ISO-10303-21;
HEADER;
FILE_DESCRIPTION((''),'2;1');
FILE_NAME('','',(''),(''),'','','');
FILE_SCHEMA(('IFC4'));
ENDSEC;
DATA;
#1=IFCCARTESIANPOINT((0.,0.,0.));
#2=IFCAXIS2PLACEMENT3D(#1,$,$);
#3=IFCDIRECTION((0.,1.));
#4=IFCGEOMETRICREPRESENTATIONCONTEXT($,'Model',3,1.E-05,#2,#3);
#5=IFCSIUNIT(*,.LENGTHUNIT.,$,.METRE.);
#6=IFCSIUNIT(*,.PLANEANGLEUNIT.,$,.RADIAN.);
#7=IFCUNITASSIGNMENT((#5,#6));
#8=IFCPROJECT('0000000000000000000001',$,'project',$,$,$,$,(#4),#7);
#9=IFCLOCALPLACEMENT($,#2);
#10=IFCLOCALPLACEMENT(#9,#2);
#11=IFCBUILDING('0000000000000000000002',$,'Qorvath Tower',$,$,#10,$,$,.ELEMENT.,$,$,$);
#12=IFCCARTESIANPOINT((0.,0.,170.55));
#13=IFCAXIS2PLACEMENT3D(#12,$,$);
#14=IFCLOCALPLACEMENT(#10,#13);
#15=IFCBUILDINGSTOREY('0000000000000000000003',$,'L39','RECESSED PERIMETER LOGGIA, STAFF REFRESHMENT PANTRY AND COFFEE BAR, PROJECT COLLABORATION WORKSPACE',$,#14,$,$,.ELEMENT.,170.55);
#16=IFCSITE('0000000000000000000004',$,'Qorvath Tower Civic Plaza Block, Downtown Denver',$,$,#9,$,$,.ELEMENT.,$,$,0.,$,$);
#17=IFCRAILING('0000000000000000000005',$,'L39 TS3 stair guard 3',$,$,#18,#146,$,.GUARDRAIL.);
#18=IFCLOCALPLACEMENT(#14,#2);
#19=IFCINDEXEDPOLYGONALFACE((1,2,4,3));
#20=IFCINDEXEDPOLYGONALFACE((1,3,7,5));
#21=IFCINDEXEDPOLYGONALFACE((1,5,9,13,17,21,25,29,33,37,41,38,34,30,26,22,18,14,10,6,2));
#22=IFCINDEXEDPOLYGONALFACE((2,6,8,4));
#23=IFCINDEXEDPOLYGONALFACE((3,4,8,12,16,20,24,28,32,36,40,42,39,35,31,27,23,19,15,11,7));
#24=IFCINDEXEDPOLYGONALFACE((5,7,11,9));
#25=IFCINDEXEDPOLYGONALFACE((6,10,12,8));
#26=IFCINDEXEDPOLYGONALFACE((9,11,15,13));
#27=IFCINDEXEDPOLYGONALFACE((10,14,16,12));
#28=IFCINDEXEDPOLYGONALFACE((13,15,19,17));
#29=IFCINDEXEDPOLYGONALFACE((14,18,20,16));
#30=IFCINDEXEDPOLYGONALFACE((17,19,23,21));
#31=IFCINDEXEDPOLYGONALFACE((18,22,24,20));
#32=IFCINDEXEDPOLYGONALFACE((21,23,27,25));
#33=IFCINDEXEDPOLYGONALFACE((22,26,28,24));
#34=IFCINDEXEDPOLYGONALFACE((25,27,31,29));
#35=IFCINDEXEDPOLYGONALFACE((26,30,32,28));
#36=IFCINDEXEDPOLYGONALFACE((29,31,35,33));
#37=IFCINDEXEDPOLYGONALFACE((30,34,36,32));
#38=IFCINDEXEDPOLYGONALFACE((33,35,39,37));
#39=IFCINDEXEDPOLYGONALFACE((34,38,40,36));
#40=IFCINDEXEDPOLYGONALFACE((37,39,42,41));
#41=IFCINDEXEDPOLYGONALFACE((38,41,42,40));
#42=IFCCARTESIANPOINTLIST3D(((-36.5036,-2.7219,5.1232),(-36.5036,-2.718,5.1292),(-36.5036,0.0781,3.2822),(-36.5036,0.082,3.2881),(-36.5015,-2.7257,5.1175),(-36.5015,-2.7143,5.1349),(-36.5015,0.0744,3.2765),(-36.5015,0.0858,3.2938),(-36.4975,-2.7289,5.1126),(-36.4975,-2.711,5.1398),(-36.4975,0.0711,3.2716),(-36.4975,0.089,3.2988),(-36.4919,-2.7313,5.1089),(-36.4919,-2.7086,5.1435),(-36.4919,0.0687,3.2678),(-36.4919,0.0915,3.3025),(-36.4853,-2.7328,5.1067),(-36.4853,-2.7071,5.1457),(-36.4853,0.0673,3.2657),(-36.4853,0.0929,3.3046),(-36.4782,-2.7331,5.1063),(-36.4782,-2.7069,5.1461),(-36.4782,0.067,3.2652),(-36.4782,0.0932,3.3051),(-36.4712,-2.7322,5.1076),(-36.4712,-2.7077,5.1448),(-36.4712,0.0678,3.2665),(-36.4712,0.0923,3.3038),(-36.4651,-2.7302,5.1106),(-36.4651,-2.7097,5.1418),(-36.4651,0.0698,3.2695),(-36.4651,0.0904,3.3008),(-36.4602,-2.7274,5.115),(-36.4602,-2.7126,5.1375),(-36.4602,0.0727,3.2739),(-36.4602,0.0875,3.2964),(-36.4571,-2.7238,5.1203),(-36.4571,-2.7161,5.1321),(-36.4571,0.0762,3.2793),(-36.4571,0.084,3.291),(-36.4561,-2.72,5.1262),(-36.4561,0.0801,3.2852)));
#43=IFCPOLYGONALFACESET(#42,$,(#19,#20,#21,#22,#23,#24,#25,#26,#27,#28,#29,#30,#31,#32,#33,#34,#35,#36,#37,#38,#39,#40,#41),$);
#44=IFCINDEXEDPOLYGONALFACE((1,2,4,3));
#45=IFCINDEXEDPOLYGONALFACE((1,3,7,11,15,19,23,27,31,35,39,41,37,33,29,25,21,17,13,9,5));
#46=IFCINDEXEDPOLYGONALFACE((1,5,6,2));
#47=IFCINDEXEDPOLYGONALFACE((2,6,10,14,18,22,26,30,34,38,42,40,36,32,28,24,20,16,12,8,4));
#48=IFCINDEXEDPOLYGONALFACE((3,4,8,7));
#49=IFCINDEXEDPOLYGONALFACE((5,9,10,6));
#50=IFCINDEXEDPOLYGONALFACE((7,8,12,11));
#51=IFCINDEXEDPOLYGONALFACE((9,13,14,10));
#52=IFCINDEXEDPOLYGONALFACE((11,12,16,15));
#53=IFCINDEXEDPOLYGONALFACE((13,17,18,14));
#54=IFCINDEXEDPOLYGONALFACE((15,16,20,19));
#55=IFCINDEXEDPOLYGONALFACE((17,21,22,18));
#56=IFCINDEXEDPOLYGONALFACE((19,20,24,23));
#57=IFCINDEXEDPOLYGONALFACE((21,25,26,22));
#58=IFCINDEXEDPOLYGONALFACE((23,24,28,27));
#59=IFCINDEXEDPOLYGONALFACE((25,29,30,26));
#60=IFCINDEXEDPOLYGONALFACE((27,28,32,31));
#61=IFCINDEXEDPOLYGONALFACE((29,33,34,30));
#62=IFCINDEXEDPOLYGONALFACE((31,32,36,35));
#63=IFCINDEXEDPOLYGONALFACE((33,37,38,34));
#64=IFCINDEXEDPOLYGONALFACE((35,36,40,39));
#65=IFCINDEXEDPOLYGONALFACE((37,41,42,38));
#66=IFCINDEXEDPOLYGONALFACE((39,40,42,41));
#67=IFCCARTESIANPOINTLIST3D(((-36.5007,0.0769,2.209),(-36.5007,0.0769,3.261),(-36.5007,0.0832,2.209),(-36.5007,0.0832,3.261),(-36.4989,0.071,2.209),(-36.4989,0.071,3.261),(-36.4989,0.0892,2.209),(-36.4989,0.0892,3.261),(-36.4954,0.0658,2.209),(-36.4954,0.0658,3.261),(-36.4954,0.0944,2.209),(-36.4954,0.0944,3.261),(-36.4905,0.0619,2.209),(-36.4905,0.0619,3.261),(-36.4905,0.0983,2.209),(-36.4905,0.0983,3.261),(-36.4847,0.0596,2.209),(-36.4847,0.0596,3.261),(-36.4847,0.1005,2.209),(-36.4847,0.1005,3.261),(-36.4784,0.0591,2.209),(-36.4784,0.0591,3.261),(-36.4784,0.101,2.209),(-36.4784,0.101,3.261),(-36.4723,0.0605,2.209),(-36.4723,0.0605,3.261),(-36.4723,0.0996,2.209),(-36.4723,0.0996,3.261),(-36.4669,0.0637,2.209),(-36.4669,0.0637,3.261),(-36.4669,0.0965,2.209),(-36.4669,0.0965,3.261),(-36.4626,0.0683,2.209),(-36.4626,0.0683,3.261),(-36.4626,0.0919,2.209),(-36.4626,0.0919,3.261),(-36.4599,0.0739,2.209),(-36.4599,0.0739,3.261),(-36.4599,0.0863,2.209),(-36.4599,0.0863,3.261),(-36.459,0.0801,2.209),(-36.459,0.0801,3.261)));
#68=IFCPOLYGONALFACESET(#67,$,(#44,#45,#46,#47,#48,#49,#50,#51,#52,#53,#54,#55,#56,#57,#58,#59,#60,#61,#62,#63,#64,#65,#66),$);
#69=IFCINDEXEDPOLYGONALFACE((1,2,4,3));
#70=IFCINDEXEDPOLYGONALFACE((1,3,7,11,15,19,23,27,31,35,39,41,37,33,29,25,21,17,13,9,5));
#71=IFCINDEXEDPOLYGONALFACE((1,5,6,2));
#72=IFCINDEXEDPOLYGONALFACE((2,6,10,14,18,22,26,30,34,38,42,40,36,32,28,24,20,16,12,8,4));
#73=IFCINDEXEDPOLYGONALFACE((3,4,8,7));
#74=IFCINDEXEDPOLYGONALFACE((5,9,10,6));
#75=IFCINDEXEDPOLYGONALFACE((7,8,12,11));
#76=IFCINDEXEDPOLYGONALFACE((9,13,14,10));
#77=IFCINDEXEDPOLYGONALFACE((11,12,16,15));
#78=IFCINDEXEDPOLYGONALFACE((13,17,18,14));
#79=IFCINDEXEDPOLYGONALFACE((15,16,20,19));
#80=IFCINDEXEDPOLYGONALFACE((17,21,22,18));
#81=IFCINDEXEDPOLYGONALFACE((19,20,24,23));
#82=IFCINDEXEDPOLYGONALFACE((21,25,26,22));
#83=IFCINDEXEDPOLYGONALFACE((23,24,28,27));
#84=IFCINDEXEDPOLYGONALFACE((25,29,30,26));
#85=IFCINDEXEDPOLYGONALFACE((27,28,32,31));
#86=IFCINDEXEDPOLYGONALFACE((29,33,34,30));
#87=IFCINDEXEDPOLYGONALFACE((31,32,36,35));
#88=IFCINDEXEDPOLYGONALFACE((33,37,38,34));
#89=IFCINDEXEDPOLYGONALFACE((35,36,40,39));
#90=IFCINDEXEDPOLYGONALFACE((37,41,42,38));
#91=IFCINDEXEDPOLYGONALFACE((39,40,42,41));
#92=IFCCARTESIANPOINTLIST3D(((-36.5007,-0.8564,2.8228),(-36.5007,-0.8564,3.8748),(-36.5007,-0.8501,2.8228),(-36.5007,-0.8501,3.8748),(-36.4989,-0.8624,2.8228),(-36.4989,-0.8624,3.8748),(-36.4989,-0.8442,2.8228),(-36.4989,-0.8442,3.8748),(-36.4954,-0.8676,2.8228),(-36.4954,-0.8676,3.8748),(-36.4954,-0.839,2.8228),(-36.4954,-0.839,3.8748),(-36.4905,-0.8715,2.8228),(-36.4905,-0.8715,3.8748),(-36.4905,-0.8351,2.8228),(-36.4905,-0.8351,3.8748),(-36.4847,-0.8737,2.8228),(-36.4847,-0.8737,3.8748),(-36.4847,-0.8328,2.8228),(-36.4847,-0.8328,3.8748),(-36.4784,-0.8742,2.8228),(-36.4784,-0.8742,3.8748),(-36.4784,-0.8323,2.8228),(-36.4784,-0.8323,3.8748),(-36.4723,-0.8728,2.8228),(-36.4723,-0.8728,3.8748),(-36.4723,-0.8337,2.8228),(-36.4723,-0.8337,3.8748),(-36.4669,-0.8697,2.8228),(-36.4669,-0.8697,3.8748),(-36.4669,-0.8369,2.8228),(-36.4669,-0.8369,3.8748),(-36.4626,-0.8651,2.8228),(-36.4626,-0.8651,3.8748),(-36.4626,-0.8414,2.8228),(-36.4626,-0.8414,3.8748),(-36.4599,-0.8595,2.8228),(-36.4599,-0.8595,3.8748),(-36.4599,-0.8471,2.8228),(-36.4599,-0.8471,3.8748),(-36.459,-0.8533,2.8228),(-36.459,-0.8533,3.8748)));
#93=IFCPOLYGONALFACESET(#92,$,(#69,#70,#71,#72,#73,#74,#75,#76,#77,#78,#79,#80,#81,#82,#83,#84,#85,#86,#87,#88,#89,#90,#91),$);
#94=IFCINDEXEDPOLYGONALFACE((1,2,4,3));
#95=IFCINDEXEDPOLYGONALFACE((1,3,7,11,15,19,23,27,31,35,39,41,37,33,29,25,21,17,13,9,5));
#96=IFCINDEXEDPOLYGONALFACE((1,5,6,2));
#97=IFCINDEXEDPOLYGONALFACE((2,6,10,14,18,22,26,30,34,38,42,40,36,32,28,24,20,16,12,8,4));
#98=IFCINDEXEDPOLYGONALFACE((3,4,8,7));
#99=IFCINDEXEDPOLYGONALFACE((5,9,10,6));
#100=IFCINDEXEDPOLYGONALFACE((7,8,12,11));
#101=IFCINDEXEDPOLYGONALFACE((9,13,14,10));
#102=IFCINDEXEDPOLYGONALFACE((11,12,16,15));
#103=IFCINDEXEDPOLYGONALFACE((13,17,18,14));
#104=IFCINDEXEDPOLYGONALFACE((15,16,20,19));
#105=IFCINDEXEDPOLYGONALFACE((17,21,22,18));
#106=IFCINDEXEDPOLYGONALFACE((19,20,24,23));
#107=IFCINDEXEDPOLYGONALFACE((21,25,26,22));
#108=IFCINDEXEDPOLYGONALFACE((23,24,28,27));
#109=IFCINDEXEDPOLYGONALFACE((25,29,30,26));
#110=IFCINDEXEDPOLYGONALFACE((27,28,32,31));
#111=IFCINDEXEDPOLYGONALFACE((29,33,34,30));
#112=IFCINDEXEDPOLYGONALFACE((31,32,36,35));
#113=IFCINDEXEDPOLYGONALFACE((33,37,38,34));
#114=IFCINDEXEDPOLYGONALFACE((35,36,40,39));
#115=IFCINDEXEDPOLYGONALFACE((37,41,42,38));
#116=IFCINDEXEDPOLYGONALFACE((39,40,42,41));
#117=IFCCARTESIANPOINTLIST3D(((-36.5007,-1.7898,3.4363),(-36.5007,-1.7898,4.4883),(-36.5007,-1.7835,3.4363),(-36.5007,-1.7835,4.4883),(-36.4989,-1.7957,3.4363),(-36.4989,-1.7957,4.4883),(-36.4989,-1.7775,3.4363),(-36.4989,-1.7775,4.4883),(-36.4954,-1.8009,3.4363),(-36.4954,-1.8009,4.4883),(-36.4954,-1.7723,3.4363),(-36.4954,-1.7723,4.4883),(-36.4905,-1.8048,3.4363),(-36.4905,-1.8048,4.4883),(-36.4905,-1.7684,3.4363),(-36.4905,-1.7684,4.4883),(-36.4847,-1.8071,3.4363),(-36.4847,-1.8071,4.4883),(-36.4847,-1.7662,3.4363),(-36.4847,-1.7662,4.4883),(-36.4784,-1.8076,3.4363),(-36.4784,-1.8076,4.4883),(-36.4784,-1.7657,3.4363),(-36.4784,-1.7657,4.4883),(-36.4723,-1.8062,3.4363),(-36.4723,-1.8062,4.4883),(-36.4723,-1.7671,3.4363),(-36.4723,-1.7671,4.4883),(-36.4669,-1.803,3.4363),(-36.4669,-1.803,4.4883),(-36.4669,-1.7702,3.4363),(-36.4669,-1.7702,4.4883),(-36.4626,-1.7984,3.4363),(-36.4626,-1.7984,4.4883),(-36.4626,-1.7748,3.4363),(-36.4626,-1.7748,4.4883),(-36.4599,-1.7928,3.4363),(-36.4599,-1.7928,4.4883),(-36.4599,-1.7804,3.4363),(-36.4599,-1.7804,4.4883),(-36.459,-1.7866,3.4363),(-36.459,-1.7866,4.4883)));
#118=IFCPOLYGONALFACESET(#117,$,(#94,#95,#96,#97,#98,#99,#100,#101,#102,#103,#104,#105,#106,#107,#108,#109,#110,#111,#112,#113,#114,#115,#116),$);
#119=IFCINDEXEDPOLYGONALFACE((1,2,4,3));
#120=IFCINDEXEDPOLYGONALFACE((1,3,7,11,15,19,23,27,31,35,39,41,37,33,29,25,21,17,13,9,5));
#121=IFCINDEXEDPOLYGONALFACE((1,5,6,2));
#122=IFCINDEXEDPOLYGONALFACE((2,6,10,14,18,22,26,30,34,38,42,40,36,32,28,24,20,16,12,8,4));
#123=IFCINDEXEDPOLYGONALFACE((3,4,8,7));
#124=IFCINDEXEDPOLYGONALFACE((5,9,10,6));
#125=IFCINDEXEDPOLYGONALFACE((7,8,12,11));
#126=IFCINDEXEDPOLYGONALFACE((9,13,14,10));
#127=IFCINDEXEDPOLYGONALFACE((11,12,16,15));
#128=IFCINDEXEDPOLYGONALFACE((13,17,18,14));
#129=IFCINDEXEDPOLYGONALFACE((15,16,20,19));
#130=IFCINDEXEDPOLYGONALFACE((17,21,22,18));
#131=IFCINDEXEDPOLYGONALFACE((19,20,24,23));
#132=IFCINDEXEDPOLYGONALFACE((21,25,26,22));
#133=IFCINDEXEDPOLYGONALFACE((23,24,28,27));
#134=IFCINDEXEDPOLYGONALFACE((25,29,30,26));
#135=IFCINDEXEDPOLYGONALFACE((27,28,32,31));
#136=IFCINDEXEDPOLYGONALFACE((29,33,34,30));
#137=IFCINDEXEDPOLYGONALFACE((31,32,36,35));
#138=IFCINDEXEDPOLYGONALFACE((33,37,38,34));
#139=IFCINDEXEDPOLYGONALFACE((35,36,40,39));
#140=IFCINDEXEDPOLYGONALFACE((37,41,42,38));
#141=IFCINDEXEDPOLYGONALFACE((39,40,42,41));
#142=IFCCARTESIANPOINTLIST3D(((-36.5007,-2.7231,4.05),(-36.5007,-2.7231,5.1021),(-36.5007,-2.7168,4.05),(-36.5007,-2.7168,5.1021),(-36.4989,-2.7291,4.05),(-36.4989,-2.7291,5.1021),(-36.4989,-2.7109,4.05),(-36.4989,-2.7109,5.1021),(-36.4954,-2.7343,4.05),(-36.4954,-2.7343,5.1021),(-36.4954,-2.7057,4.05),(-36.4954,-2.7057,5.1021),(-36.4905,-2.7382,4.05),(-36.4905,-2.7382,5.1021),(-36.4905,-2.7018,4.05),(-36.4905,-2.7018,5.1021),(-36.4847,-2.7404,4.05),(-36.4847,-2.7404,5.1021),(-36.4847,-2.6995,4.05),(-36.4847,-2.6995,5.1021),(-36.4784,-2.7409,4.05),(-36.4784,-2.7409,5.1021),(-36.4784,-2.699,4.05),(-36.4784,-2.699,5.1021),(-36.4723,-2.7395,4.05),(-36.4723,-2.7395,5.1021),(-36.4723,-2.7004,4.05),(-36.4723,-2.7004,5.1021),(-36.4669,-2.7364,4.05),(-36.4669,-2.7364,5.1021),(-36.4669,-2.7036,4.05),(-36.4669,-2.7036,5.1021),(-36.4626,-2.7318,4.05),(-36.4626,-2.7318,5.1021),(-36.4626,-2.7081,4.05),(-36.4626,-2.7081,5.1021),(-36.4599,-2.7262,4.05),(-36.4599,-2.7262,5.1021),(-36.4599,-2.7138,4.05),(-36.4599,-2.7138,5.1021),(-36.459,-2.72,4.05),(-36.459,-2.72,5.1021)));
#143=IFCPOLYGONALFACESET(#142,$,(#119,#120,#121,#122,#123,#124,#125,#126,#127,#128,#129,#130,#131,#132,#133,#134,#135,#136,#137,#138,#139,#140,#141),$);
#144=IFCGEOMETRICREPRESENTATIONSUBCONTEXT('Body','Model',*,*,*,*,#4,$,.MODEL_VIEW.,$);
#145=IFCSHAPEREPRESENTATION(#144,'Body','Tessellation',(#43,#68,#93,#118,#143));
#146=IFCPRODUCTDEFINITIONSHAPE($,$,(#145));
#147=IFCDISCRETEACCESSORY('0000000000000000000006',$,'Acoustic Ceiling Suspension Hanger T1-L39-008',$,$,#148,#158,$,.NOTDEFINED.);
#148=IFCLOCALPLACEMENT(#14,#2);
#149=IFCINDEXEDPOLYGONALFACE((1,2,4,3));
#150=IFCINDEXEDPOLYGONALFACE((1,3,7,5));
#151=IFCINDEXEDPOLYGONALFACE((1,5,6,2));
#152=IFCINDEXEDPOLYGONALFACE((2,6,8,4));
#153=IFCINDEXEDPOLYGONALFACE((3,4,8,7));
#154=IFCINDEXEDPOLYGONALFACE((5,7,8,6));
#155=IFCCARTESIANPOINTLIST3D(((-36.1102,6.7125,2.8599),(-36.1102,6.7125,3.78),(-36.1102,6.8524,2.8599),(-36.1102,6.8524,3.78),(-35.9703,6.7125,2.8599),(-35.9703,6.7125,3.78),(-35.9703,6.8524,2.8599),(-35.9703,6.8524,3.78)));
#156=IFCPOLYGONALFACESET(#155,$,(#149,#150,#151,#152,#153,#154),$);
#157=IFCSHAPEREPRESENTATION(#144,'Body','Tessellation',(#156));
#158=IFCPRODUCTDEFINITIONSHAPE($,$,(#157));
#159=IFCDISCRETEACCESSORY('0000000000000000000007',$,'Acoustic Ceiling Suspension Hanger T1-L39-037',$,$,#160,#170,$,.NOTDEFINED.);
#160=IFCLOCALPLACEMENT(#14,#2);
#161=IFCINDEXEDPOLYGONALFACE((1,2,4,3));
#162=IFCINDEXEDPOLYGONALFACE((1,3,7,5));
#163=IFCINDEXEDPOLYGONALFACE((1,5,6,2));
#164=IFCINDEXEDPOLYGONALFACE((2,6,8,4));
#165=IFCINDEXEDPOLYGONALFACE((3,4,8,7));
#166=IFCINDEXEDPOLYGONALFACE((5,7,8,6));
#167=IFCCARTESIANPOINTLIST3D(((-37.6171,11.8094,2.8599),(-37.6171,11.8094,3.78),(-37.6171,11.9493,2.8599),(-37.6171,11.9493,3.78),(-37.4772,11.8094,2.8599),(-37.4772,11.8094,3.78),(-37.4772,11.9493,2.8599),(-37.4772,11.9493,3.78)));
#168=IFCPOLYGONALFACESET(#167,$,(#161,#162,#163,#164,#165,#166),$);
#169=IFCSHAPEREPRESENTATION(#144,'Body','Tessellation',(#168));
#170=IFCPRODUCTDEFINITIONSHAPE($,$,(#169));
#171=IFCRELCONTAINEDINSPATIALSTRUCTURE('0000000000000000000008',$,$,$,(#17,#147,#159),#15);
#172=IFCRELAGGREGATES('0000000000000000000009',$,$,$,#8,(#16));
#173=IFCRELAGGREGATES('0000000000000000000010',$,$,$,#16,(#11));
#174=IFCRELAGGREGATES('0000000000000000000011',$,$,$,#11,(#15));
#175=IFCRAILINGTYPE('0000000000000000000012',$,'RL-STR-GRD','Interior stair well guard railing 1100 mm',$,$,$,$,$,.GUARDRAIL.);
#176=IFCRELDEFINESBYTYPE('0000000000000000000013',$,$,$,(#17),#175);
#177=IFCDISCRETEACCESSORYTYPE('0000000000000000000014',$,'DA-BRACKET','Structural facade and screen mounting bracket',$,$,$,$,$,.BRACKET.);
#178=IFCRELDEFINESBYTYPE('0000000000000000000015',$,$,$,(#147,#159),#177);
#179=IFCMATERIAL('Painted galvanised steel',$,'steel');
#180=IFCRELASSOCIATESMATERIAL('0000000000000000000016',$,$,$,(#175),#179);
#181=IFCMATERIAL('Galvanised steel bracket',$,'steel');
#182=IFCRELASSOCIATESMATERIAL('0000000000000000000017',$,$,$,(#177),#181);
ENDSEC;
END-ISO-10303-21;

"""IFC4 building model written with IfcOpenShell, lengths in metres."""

from ifc_helpers import new_model, si_unit, direction, frame, origin, origin_2d, place, context, subcontext, project, spatial, rectangle, circle, extrude, material, type_object, element, save


model = new_model("IFC4")

# Units and contexts
model_context = context("Model", 3, precision=1e-05, world=origin(), true_north=direction((0.0, 1.0)))
body_context = subcontext(model_context, "Body", "Model", "MODEL_VIEW")
ifc_project = project(units=[si_unit("LENGTHUNIT", "METRE"), si_unit("PLANEANGLEUNIT", "RADIAN")], contexts=[model_context])

# Site, building, storey
site_placement = place(None, origin())
site = spatial("IfcSite", under=ifc_project, at=site_placement, Name="Qorvath Tower Civic Plaza Block, Downtown Denver", CompositionType="ELEMENT", RefElevation=0.0)
building_placement = place(site_placement, origin())
building = spatial("IfcBuilding", under=site, at=building_placement, Name="Qorvath Tower", CompositionType="ELEMENT")
storey_placement = place(building_placement, frame((0.0, 0.0, 170.55)))
storey = spatial("IfcBuildingStorey", under=building, at=storey_placement, Name="L39", Description="RECESSED PERIMETER LOGGIA, STAFF REFRESHMENT PANTRY AND COFFEE BAR, PROJECT COLLABORATION WORKSPACE", CompositionType="ELEMENT", Elevation=170.55)

# Railing
ifc_material_1 = material(Name="Painted galvanised steel", Category="steel")
railing_type = type_object("IfcRailingType", Name="RL-STR-GRD", Description="Interior stair well guard railing 1100 mm", PredefinedType="GUARDRAIL", material=ifc_material_1)
railing_1_placement = place(storey_placement, frame((-36.48, 0.0801, 2.209)))
element("IfcRailing", 1, at=railing_1_placement, inside=storey, type_object=railing_type, Name="L39 TS3 stair guard 3", PredefinedType="GUARDRAIL", context=body_context, shape_type="SweptSolid", body=[
    extrude(circle(Radius=0.0239, at=origin_2d()), frame((0.0, 0.0, 1.0762), z_axis=(0.0, -0.835564, 0.549393), x_axis=(1.0, 0.0, 0.0)), (0.0, 0.0, 1.0), 3.3511),
    extrude(circle(Radius=0.021, at=origin_2d()), origin(), (0.0, 0.0, 1.0), 1.052),
    extrude(circle(Radius=0.021, at=origin_2d()), frame((0.0, -0.9333, 0.6138)), (0.0, 0.0, 1.0), 1.052),
    extrude(circle(Radius=0.021, at=origin_2d()), frame((0.0, -1.8667, 1.2273)), (0.0, 0.0, 1.0), 1.052),
    extrude(circle(Radius=0.021, at=origin_2d()), frame((0.0, -2.8, 1.8411)), (0.0, 0.0, 1.0), 1.052),
])

# Discrete accessories
ifc_material_2 = material(Name="Galvanised steel bracket", Category="steel")
discrete_accessory_type = type_object("IfcDiscreteAccessoryType", Name="DA-BRACKET", Description="Structural facade and screen mounting bracket", PredefinedType="BRACKET", material=ifc_material_2)
for number, where, z_axis, x_axis, name in (
    (2, (-36.0403, 6.7825, 2.8599), (0.0, 0.0, 1.0), (1.0, 0.0, 0.0), "Acoustic Ceiling Suspension Hanger T1-L39-008"),
    (3, (-37.5471, 11.8794, 2.8599), (0.0, 0.0, 1.0), (1.0, 0.0, 0.0), "Acoustic Ceiling Suspension Hanger T1-L39-037"),
):
    element("IfcDiscreteAccessory", number, at=place(storey_placement, frame(where, z_axis=z_axis, x_axis=x_axis)), inside=storey, type_object=discrete_accessory_type, Name=name, PredefinedType="NOTDEFINED", context=body_context, shape_type="SweptSolid", body=[
        extrude(rectangle(XDim=0.1399, YDim=0.1399, at=origin_2d()), origin(), (0.0, 0.0, 1.0), 0.9202),
    ])

save(model, "model.ifc")
